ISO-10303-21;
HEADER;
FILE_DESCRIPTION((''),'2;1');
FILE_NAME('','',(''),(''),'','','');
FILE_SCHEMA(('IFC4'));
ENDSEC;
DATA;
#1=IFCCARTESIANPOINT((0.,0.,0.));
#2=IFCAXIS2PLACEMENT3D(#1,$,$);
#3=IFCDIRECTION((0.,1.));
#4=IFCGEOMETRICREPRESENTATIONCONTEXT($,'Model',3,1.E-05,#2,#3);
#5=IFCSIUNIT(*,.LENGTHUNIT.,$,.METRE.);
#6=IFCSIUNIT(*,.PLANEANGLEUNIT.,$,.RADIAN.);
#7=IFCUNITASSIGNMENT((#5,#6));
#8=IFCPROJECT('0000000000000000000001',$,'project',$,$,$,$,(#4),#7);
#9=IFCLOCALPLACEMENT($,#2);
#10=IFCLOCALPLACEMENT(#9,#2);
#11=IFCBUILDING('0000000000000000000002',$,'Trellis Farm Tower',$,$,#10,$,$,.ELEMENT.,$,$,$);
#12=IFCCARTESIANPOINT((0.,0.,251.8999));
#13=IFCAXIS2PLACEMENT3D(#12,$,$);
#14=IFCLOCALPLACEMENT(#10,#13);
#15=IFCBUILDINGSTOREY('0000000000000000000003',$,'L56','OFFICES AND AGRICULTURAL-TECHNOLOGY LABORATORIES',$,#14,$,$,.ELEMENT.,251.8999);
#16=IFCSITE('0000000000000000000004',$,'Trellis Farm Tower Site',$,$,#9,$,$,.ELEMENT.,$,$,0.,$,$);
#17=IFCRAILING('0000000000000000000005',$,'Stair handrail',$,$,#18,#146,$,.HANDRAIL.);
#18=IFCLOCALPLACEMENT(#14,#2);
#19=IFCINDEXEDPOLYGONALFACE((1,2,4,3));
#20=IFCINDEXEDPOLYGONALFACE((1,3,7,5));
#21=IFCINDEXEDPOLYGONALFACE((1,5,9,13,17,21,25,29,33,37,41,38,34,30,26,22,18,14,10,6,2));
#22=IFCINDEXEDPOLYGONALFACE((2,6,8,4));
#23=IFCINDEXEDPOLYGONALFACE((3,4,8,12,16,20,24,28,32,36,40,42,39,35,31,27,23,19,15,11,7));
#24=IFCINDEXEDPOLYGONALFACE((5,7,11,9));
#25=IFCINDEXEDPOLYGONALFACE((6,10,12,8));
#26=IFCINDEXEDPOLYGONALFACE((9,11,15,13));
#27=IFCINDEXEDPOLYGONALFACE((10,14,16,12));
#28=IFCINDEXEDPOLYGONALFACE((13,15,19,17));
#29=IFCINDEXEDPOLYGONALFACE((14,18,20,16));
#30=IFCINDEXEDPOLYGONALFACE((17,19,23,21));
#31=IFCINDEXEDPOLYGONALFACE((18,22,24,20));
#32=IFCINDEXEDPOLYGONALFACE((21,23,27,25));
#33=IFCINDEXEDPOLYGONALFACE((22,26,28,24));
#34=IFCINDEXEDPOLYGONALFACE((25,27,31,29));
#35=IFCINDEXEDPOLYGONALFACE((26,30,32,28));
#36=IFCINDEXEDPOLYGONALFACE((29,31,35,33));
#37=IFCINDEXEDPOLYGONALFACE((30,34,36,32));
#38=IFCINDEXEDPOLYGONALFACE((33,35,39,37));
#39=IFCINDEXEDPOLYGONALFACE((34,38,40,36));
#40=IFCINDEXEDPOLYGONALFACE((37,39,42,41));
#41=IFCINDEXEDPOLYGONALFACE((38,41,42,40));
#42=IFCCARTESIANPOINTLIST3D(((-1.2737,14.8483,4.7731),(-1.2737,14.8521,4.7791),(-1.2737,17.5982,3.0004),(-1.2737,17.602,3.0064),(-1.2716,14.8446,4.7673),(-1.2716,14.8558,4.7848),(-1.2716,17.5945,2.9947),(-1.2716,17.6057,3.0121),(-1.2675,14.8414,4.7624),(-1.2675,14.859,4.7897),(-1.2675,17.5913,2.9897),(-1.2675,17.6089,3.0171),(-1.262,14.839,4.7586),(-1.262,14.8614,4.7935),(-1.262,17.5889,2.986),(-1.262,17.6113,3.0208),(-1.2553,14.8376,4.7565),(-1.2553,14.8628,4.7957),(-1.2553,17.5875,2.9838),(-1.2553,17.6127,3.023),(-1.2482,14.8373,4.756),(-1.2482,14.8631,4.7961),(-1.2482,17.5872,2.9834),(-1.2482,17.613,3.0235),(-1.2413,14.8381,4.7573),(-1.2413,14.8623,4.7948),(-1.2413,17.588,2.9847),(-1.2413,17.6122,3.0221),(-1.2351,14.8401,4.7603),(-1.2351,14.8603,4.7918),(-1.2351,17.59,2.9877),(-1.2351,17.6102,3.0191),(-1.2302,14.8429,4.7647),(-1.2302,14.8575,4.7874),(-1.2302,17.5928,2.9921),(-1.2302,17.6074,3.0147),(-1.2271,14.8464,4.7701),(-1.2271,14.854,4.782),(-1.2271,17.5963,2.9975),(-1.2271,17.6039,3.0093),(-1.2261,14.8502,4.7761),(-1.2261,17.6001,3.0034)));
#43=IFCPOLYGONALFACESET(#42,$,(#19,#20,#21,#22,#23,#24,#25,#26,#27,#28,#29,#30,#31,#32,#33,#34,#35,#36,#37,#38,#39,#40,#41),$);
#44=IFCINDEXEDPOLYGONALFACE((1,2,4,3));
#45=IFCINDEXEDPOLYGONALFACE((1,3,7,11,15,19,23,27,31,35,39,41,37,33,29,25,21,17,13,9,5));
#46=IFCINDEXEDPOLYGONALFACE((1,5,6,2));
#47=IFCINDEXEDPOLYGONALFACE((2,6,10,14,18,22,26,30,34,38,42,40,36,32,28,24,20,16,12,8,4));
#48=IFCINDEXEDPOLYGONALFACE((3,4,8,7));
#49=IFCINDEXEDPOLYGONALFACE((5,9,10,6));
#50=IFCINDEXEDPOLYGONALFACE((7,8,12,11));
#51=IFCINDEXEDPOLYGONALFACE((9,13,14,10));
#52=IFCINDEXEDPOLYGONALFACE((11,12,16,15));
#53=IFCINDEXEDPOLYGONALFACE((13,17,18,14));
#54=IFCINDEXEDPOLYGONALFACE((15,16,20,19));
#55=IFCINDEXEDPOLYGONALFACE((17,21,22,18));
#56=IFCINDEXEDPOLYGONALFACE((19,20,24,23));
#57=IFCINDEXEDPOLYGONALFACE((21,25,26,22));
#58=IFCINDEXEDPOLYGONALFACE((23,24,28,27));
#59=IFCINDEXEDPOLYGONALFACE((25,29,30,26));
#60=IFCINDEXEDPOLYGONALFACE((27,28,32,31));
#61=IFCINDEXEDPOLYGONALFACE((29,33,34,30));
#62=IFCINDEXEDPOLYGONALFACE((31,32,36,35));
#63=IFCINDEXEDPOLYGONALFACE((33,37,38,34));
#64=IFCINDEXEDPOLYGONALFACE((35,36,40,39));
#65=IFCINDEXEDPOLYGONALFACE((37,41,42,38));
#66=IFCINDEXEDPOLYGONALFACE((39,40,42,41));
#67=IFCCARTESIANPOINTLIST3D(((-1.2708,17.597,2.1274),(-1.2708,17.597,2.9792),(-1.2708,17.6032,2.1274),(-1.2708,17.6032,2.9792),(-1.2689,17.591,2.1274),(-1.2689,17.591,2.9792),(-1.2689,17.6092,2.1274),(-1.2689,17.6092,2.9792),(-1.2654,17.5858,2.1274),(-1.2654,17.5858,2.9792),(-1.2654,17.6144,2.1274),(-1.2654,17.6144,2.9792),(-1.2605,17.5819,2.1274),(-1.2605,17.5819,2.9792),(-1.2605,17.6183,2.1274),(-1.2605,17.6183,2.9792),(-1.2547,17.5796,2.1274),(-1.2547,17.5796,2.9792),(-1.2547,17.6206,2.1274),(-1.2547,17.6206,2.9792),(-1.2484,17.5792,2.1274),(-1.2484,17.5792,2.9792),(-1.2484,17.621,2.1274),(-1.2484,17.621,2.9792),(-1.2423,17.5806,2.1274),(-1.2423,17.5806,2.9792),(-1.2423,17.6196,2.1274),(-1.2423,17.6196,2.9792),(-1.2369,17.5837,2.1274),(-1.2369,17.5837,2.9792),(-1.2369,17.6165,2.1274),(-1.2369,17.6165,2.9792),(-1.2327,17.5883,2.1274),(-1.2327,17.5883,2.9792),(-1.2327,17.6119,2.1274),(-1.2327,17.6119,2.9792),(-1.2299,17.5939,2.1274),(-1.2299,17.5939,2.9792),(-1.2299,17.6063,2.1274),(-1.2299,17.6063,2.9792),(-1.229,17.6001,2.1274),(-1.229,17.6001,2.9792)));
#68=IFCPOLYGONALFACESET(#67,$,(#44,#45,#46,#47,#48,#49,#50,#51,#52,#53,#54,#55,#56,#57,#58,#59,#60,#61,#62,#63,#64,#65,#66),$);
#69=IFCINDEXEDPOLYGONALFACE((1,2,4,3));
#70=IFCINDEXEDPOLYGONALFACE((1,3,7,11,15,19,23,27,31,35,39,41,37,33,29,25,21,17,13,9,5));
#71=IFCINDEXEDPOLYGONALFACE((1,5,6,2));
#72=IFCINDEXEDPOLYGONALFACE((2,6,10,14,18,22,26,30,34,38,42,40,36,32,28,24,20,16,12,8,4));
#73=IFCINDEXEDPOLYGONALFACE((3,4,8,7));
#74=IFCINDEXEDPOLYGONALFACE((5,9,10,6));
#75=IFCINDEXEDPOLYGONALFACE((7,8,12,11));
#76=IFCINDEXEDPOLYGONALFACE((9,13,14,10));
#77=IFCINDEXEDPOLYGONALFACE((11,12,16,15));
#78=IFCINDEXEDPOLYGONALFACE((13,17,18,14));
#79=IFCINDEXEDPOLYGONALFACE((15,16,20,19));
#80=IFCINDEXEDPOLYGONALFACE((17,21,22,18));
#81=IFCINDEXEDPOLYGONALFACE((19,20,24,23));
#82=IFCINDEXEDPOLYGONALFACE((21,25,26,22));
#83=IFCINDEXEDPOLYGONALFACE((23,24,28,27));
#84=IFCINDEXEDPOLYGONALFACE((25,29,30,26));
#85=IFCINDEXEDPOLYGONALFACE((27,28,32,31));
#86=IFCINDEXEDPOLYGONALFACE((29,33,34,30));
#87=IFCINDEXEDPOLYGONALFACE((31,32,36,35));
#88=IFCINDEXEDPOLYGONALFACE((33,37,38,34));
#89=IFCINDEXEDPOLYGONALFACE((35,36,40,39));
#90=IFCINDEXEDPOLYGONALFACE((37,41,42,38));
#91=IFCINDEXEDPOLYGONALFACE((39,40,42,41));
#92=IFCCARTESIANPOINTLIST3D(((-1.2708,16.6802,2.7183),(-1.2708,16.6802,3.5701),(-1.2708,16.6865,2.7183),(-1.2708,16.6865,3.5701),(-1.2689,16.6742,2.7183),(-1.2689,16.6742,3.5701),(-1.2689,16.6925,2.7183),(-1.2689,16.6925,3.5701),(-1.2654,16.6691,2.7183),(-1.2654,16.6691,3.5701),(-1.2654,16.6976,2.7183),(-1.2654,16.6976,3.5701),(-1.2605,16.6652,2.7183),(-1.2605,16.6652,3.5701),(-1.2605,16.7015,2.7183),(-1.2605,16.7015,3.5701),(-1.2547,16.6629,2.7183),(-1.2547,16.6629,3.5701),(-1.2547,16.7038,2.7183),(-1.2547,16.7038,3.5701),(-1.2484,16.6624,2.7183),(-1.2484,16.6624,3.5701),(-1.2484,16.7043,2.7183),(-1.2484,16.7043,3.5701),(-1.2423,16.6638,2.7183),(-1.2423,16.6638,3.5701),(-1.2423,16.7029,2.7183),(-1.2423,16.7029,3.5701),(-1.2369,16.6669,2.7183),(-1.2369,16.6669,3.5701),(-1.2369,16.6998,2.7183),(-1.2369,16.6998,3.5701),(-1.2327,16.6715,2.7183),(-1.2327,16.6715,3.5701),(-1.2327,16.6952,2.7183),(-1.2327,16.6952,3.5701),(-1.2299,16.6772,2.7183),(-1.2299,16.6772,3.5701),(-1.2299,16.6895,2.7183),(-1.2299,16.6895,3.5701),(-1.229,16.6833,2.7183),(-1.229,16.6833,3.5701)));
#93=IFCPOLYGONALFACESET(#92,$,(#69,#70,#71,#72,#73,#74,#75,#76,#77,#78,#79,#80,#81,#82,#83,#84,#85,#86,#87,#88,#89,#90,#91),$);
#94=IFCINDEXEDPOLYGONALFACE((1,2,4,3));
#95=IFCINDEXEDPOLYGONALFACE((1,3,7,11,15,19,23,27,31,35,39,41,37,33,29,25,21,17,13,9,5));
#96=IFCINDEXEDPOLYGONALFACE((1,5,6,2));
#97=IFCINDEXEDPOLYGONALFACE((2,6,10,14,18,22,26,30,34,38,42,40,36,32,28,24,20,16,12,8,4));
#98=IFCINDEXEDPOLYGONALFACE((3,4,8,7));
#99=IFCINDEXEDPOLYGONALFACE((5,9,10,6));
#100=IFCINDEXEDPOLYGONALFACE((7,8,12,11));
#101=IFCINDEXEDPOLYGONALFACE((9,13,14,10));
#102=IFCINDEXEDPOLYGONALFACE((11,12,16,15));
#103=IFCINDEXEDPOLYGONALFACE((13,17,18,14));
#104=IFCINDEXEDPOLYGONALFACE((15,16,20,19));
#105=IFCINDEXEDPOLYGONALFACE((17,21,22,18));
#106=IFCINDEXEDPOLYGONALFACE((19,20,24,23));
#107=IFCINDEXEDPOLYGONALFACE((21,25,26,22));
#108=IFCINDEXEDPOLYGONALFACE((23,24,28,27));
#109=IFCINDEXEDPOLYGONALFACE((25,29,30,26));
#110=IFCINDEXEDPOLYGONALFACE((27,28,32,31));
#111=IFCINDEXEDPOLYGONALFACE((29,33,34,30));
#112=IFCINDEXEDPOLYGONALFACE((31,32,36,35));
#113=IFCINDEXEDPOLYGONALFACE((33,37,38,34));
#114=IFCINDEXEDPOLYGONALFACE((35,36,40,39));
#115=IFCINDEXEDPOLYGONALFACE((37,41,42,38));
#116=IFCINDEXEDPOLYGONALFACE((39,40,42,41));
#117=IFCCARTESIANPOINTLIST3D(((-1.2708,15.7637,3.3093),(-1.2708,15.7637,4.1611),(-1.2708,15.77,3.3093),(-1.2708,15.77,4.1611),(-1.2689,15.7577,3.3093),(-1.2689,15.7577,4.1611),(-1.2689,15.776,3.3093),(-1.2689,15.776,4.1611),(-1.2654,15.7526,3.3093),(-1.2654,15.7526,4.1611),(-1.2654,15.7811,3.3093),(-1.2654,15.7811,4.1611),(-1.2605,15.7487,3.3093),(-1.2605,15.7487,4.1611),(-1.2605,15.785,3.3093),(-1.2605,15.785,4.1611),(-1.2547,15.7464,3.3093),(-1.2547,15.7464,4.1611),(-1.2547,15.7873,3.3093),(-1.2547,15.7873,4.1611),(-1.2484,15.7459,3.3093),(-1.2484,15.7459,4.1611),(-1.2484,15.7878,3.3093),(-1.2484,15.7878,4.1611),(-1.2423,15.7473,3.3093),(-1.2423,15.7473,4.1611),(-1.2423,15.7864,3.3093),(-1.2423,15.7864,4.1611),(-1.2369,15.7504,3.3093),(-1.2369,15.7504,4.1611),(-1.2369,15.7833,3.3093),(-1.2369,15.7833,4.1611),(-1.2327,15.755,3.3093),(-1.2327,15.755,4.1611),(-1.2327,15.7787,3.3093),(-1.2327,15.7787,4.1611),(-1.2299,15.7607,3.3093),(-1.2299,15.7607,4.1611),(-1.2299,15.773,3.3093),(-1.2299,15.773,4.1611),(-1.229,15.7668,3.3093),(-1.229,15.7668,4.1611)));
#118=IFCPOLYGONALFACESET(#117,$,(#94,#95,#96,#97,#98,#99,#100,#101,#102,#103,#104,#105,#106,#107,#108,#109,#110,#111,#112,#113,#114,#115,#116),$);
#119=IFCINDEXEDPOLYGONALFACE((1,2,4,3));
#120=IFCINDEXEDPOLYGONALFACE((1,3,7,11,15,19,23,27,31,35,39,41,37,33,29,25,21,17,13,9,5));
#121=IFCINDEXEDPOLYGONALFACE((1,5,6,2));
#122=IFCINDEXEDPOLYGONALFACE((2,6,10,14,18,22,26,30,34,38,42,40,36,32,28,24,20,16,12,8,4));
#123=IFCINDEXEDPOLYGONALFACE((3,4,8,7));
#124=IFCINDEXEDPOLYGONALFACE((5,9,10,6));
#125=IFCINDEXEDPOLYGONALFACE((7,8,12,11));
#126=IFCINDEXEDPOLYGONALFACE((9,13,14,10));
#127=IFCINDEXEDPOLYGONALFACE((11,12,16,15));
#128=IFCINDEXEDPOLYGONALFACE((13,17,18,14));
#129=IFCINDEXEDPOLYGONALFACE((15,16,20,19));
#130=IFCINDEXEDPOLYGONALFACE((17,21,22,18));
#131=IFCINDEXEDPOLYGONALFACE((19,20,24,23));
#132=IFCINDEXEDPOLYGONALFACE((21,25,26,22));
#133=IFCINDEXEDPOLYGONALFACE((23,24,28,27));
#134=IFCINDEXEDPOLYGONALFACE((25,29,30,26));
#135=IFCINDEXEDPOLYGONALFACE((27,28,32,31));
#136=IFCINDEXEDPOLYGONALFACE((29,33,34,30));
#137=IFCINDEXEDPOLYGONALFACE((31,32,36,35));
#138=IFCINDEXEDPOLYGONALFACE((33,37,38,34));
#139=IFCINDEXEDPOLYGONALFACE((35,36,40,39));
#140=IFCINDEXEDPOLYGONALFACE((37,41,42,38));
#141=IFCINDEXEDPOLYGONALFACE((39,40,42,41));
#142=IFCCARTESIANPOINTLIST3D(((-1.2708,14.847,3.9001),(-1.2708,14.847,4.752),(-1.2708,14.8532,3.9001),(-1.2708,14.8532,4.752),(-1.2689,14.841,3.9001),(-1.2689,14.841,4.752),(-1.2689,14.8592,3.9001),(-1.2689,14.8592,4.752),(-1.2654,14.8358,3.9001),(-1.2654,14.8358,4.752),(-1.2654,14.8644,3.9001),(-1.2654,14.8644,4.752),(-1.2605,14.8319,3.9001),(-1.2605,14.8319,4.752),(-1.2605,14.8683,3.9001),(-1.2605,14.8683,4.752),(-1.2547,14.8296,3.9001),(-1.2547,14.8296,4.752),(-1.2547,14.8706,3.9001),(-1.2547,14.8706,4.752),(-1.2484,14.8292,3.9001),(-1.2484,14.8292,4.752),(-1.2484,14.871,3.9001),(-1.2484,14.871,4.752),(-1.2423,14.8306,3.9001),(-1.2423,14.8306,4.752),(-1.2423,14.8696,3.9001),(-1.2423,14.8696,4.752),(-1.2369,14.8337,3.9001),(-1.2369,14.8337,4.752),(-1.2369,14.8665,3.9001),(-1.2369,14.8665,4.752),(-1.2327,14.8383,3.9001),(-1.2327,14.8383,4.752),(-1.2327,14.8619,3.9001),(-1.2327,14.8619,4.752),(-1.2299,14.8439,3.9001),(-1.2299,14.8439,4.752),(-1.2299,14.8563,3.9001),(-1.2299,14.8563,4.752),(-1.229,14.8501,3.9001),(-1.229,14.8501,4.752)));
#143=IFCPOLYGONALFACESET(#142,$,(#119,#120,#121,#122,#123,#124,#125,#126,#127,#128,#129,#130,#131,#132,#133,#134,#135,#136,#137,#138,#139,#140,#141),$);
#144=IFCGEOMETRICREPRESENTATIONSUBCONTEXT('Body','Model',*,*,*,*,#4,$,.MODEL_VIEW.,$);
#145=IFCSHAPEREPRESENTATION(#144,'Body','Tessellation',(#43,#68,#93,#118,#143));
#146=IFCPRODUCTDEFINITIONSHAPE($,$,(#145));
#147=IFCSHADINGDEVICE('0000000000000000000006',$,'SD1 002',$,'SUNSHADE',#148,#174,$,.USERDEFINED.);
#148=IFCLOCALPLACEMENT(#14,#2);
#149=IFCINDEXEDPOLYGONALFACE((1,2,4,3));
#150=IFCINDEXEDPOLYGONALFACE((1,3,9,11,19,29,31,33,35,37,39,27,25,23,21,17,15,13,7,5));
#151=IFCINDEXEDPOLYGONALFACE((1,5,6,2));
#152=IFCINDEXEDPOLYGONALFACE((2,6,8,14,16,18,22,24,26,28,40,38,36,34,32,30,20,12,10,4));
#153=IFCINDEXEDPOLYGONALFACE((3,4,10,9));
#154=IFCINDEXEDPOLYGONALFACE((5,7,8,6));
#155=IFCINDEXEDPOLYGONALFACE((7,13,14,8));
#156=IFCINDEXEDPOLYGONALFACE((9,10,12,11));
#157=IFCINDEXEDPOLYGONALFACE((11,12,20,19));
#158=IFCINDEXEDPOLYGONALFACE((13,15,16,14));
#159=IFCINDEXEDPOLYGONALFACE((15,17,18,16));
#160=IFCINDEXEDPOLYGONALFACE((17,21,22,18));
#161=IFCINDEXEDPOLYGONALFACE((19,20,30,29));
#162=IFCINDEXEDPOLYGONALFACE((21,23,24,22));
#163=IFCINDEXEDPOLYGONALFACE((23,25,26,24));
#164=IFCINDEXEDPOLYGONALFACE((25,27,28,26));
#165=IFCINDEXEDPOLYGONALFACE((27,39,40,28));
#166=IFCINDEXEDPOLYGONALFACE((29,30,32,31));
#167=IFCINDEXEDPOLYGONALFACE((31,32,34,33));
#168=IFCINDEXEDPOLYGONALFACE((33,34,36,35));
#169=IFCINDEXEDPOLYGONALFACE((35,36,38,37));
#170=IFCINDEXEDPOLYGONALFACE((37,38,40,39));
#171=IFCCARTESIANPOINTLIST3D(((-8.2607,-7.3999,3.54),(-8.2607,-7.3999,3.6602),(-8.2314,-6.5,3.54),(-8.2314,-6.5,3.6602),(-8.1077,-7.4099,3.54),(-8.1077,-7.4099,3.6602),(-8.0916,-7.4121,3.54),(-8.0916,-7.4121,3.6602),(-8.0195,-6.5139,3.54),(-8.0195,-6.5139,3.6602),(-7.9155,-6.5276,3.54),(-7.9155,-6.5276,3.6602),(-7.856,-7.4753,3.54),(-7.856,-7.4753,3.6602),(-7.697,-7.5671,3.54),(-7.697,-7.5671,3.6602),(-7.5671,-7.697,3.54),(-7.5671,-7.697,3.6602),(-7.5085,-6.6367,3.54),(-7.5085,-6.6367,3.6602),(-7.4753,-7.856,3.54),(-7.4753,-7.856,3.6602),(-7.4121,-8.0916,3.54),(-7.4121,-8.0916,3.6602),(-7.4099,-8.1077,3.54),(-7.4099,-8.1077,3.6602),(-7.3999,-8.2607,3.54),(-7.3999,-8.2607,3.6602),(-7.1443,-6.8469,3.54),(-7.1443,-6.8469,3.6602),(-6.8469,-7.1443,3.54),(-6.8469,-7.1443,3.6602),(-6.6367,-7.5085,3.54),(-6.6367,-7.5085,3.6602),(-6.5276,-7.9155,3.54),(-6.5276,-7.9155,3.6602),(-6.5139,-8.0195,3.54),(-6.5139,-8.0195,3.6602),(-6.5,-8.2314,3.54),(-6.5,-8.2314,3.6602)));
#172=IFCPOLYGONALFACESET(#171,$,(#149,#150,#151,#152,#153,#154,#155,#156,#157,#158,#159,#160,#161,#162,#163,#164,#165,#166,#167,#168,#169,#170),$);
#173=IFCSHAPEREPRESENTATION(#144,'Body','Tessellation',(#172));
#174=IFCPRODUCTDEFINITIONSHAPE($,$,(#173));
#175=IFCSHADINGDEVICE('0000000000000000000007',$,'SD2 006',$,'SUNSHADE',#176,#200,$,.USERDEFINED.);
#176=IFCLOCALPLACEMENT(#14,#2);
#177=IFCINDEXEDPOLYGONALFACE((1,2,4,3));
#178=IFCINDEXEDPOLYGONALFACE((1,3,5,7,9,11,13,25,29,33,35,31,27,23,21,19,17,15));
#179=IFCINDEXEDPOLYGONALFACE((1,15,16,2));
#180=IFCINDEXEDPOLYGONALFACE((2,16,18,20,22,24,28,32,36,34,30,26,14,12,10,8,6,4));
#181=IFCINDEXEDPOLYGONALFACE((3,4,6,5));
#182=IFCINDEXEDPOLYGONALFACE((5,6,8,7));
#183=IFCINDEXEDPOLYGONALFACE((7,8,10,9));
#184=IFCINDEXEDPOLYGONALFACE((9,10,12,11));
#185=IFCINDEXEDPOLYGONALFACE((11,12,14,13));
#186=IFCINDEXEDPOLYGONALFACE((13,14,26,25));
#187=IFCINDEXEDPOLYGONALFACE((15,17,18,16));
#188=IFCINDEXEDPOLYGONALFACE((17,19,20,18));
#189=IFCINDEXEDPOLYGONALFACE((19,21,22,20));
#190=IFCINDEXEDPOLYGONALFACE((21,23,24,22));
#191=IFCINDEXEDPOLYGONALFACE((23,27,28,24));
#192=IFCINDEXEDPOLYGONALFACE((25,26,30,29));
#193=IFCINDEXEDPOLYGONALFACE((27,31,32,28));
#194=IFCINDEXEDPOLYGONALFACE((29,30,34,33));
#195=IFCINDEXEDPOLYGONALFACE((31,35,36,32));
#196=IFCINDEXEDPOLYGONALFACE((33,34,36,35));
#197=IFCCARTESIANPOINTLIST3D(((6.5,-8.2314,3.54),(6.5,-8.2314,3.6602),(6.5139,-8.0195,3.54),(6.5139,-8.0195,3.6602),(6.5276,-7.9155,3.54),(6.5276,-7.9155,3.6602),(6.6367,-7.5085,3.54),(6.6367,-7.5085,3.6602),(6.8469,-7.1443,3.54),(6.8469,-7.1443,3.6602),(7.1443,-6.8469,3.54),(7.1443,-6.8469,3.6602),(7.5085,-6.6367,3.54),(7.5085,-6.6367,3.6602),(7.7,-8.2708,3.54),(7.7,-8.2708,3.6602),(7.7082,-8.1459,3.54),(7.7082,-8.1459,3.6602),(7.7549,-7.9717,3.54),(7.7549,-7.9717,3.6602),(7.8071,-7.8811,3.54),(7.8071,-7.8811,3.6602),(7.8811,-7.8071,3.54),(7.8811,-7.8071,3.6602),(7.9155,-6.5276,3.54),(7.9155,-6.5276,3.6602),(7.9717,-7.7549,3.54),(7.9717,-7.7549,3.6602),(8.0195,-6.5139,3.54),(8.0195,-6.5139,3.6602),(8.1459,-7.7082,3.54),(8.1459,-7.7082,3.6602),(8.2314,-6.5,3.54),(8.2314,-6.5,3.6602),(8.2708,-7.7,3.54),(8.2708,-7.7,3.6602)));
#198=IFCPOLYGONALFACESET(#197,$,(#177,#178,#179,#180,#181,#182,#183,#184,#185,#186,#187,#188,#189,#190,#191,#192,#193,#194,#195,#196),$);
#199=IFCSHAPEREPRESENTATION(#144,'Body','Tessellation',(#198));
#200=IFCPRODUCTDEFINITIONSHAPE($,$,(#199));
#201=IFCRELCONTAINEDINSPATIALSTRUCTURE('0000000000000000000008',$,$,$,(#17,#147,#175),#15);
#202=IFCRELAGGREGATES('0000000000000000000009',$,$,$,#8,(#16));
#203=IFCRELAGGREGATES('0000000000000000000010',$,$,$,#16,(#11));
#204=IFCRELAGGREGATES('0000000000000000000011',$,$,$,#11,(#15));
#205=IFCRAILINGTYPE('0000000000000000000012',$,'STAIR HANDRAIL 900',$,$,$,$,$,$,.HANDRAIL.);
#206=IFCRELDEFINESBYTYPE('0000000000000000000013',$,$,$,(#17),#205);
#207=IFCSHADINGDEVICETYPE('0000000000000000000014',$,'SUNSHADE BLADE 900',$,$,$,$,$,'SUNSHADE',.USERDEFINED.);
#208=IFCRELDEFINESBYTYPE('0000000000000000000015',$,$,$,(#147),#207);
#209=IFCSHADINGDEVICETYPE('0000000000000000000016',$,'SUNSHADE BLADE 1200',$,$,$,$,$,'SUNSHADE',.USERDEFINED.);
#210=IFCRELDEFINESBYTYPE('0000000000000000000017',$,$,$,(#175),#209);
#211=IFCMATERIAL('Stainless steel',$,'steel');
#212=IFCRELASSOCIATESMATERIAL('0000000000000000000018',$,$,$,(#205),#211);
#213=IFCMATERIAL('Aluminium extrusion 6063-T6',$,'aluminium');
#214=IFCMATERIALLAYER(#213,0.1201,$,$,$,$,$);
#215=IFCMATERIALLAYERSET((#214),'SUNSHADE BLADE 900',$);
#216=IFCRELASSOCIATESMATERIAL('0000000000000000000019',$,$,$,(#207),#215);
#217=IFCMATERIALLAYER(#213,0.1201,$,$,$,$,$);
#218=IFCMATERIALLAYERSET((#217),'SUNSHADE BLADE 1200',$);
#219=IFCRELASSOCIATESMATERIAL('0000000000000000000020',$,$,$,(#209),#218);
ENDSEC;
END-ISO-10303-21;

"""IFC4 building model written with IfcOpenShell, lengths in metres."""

from ifc_helpers import new_model, si_unit, direction, frame, origin, origin_2d, place, context, subcontext, project, spatial, polyline, circle, outline, extrude, source, transform, mapped, material, layer, layer_set, type_object, element, save


model = new_model("IFC4")

# Units and contexts
model_context = context("Model", 3, precision=1e-05, world=origin(), true_north=direction((0.0, 1.0)))
body_context = subcontext(model_context, "Body", "Model", "MODEL_VIEW")
ifc_project = project(units=[si_unit("LENGTHUNIT", "METRE"), si_unit("PLANEANGLEUNIT", "RADIAN")], contexts=[model_context])

# Site, building, storey
site_placement = place(None, origin())
site = spatial("IfcSite", under=ifc_project, at=site_placement, Name="Trellis Farm Tower Site", CompositionType="ELEMENT", RefElevation=0.0)
building_placement = place(site_placement, origin())
building = spatial("IfcBuilding", under=site, at=building_placement, Name="Trellis Farm Tower", CompositionType="ELEMENT")
storey_placement = place(building_placement, frame((0.0, 0.0, 251.8999)))
storey = spatial("IfcBuildingStorey", under=building, at=storey_placement, Name="L56", Description="OFFICES AND AGRICULTURAL-TECHNOLOGY LABORATORIES", CompositionType="ELEMENT", Elevation=251.8999)

# Shared definitions
ifc_material_1 = material(Name="Aluminium extrusion 6063-T6", Category="aluminium")

# Railing
ifc_material_2 = material(Name="Stainless steel", Category="steel")
railing_type = type_object("IfcRailingType", Name="STAIR HANDRAIL 900", PredefinedType="HANDRAIL", material=ifc_material_2)
shared_shape_1 = source(origin(), body_context, "Body", "SweptSolid", [
    extrude(circle(Radius=0.0239, at=origin_2d()), frame((0.0, 0.0, 0.876), z_axis=(0.0, -0.840504, 0.541806), x_axis=(1.0, 0.0, 0.0)), (0.0, 0.0, 1.0), 3.2717),
    extrude(circle(Radius=0.021, at=origin_2d()), origin(), (0.0, 0.0, 1.0), 0.8518),
    extrude(circle(Radius=0.021, at=origin_2d()), frame((0.0, -0.9167, 0.5908)), (0.0, 0.0, 1.0), 0.8518),
    extrude(circle(Radius=0.021, at=origin_2d()), frame((0.0, -1.8333, 1.1819)), (0.0, 0.0, 1.0), 0.8518),
    extrude(circle(Radius=0.021, at=origin_2d()), frame((0.0, -2.75, 1.7727)), (0.0, 0.0, 1.0), 0.8518),
])
railing_placement = place(storey_placement, frame((-1.25, 17.6001, 2.1274)))
element("IfcRailing", 1, at=railing_placement, inside=storey, type_object=railing_type, Name="Stair handrail", PredefinedType="HANDRAIL", context=body_context, shape_type="MappedRepresentation", body=[
    mapped(shared_shape_1, transform((0.0, 0.0, 0.0))),
])

# Shading devices
ifc_layer_1 = layer(ifc_material_1, 0.1201)
ifc_layer_set_1 = layer_set([ifc_layer_1], Name="SUNSHADE BLADE 900")
shading_device_type_1 = type_object("IfcShadingDeviceType", Name="SUNSHADE BLADE 900", ElementType="SUNSHADE", PredefinedType="USERDEFINED", material=ifc_layer_set_1)
shared_shape_2 = source(origin(), body_context, "Body", "SweptSolid", [
    extrude(outline(polyline([(-8.2607, -7.3999), (-8.1077, -7.4099), (-8.0916, -7.4121), (-7.856, -7.4753), (-7.697, -7.5671), (-7.5671, -7.697), (-7.4753, -7.856), (-7.4121, -8.0916), (-7.4099, -8.1077), (-7.3999, -8.2607), (-6.5, -8.2314), (-6.5139, -8.0195), (-6.5276, -7.9155), (-6.6367, -7.5085), (-6.8469, -7.1443), (-7.1443, -6.8469), (-7.5085, -6.6367), (-7.9155, -6.5276), (-8.0195, -6.5139), (-8.2314, -6.5), (-8.2607, -7.3999)])), origin(), (0.0, 0.0, 1.0), 0.1201),
])
placement_1 = place(storey_placement, frame((0.0, 0.0, 3.54)))
element("IfcShadingDevice", 2, at=placement_1, inside=storey, type_object=shading_device_type_1, Name="SD1 002", ObjectType="SUNSHADE", PredefinedType="USERDEFINED", context=body_context, shape_type="MappedRepresentation", body=[
    mapped(shared_shape_2, transform((0.0, 0.0, 0.0))),
])
ifc_layer_2 = layer(ifc_material_1, 0.1201)
ifc_layer_set_2 = layer_set([ifc_layer_2], Name="SUNSHADE BLADE 1200")
shading_device_type_2 = type_object("IfcShadingDeviceType", Name="SUNSHADE BLADE 1200", ElementType="SUNSHADE", PredefinedType="USERDEFINED", material=ifc_layer_set_2)
shared_shape_3 = source(origin(), body_context, "Body", "SweptSolid", [
    extrude(outline(polyline([(7.7, -8.2708), (7.7087, -8.1372), (7.707, -8.1501), (7.7549, -7.9717), (7.8071, -7.8811), (7.8811, -7.8071), (7.9717, -7.7549), (8.1501, -7.707), (8.1372, -7.7087), (8.2708, -7.7), (8.2314, -6.5), (8.0195, -6.5139), (7.9155, -6.5276), (7.5085, -6.6367), (7.1443, -6.8469), (6.8469, -7.1443), (6.6367, -7.5085), (6.5276, -7.9155), (6.5139, -8.0195), (6.5, -8.2314), (7.7, -8.2708)])), origin(), (0.0, 0.0, 1.0), 0.1201),
])
element("IfcShadingDevice", 3, at=placement_1, inside=storey, type_object=shading_device_type_2, Name="SD2 006", ObjectType="SUNSHADE", PredefinedType="USERDEFINED", context=body_context, shape_type="MappedRepresentation", body=[
    mapped(shared_shape_3, transform((0.0, 0.0, 0.0))),
])

save(model, "model.ifc")
